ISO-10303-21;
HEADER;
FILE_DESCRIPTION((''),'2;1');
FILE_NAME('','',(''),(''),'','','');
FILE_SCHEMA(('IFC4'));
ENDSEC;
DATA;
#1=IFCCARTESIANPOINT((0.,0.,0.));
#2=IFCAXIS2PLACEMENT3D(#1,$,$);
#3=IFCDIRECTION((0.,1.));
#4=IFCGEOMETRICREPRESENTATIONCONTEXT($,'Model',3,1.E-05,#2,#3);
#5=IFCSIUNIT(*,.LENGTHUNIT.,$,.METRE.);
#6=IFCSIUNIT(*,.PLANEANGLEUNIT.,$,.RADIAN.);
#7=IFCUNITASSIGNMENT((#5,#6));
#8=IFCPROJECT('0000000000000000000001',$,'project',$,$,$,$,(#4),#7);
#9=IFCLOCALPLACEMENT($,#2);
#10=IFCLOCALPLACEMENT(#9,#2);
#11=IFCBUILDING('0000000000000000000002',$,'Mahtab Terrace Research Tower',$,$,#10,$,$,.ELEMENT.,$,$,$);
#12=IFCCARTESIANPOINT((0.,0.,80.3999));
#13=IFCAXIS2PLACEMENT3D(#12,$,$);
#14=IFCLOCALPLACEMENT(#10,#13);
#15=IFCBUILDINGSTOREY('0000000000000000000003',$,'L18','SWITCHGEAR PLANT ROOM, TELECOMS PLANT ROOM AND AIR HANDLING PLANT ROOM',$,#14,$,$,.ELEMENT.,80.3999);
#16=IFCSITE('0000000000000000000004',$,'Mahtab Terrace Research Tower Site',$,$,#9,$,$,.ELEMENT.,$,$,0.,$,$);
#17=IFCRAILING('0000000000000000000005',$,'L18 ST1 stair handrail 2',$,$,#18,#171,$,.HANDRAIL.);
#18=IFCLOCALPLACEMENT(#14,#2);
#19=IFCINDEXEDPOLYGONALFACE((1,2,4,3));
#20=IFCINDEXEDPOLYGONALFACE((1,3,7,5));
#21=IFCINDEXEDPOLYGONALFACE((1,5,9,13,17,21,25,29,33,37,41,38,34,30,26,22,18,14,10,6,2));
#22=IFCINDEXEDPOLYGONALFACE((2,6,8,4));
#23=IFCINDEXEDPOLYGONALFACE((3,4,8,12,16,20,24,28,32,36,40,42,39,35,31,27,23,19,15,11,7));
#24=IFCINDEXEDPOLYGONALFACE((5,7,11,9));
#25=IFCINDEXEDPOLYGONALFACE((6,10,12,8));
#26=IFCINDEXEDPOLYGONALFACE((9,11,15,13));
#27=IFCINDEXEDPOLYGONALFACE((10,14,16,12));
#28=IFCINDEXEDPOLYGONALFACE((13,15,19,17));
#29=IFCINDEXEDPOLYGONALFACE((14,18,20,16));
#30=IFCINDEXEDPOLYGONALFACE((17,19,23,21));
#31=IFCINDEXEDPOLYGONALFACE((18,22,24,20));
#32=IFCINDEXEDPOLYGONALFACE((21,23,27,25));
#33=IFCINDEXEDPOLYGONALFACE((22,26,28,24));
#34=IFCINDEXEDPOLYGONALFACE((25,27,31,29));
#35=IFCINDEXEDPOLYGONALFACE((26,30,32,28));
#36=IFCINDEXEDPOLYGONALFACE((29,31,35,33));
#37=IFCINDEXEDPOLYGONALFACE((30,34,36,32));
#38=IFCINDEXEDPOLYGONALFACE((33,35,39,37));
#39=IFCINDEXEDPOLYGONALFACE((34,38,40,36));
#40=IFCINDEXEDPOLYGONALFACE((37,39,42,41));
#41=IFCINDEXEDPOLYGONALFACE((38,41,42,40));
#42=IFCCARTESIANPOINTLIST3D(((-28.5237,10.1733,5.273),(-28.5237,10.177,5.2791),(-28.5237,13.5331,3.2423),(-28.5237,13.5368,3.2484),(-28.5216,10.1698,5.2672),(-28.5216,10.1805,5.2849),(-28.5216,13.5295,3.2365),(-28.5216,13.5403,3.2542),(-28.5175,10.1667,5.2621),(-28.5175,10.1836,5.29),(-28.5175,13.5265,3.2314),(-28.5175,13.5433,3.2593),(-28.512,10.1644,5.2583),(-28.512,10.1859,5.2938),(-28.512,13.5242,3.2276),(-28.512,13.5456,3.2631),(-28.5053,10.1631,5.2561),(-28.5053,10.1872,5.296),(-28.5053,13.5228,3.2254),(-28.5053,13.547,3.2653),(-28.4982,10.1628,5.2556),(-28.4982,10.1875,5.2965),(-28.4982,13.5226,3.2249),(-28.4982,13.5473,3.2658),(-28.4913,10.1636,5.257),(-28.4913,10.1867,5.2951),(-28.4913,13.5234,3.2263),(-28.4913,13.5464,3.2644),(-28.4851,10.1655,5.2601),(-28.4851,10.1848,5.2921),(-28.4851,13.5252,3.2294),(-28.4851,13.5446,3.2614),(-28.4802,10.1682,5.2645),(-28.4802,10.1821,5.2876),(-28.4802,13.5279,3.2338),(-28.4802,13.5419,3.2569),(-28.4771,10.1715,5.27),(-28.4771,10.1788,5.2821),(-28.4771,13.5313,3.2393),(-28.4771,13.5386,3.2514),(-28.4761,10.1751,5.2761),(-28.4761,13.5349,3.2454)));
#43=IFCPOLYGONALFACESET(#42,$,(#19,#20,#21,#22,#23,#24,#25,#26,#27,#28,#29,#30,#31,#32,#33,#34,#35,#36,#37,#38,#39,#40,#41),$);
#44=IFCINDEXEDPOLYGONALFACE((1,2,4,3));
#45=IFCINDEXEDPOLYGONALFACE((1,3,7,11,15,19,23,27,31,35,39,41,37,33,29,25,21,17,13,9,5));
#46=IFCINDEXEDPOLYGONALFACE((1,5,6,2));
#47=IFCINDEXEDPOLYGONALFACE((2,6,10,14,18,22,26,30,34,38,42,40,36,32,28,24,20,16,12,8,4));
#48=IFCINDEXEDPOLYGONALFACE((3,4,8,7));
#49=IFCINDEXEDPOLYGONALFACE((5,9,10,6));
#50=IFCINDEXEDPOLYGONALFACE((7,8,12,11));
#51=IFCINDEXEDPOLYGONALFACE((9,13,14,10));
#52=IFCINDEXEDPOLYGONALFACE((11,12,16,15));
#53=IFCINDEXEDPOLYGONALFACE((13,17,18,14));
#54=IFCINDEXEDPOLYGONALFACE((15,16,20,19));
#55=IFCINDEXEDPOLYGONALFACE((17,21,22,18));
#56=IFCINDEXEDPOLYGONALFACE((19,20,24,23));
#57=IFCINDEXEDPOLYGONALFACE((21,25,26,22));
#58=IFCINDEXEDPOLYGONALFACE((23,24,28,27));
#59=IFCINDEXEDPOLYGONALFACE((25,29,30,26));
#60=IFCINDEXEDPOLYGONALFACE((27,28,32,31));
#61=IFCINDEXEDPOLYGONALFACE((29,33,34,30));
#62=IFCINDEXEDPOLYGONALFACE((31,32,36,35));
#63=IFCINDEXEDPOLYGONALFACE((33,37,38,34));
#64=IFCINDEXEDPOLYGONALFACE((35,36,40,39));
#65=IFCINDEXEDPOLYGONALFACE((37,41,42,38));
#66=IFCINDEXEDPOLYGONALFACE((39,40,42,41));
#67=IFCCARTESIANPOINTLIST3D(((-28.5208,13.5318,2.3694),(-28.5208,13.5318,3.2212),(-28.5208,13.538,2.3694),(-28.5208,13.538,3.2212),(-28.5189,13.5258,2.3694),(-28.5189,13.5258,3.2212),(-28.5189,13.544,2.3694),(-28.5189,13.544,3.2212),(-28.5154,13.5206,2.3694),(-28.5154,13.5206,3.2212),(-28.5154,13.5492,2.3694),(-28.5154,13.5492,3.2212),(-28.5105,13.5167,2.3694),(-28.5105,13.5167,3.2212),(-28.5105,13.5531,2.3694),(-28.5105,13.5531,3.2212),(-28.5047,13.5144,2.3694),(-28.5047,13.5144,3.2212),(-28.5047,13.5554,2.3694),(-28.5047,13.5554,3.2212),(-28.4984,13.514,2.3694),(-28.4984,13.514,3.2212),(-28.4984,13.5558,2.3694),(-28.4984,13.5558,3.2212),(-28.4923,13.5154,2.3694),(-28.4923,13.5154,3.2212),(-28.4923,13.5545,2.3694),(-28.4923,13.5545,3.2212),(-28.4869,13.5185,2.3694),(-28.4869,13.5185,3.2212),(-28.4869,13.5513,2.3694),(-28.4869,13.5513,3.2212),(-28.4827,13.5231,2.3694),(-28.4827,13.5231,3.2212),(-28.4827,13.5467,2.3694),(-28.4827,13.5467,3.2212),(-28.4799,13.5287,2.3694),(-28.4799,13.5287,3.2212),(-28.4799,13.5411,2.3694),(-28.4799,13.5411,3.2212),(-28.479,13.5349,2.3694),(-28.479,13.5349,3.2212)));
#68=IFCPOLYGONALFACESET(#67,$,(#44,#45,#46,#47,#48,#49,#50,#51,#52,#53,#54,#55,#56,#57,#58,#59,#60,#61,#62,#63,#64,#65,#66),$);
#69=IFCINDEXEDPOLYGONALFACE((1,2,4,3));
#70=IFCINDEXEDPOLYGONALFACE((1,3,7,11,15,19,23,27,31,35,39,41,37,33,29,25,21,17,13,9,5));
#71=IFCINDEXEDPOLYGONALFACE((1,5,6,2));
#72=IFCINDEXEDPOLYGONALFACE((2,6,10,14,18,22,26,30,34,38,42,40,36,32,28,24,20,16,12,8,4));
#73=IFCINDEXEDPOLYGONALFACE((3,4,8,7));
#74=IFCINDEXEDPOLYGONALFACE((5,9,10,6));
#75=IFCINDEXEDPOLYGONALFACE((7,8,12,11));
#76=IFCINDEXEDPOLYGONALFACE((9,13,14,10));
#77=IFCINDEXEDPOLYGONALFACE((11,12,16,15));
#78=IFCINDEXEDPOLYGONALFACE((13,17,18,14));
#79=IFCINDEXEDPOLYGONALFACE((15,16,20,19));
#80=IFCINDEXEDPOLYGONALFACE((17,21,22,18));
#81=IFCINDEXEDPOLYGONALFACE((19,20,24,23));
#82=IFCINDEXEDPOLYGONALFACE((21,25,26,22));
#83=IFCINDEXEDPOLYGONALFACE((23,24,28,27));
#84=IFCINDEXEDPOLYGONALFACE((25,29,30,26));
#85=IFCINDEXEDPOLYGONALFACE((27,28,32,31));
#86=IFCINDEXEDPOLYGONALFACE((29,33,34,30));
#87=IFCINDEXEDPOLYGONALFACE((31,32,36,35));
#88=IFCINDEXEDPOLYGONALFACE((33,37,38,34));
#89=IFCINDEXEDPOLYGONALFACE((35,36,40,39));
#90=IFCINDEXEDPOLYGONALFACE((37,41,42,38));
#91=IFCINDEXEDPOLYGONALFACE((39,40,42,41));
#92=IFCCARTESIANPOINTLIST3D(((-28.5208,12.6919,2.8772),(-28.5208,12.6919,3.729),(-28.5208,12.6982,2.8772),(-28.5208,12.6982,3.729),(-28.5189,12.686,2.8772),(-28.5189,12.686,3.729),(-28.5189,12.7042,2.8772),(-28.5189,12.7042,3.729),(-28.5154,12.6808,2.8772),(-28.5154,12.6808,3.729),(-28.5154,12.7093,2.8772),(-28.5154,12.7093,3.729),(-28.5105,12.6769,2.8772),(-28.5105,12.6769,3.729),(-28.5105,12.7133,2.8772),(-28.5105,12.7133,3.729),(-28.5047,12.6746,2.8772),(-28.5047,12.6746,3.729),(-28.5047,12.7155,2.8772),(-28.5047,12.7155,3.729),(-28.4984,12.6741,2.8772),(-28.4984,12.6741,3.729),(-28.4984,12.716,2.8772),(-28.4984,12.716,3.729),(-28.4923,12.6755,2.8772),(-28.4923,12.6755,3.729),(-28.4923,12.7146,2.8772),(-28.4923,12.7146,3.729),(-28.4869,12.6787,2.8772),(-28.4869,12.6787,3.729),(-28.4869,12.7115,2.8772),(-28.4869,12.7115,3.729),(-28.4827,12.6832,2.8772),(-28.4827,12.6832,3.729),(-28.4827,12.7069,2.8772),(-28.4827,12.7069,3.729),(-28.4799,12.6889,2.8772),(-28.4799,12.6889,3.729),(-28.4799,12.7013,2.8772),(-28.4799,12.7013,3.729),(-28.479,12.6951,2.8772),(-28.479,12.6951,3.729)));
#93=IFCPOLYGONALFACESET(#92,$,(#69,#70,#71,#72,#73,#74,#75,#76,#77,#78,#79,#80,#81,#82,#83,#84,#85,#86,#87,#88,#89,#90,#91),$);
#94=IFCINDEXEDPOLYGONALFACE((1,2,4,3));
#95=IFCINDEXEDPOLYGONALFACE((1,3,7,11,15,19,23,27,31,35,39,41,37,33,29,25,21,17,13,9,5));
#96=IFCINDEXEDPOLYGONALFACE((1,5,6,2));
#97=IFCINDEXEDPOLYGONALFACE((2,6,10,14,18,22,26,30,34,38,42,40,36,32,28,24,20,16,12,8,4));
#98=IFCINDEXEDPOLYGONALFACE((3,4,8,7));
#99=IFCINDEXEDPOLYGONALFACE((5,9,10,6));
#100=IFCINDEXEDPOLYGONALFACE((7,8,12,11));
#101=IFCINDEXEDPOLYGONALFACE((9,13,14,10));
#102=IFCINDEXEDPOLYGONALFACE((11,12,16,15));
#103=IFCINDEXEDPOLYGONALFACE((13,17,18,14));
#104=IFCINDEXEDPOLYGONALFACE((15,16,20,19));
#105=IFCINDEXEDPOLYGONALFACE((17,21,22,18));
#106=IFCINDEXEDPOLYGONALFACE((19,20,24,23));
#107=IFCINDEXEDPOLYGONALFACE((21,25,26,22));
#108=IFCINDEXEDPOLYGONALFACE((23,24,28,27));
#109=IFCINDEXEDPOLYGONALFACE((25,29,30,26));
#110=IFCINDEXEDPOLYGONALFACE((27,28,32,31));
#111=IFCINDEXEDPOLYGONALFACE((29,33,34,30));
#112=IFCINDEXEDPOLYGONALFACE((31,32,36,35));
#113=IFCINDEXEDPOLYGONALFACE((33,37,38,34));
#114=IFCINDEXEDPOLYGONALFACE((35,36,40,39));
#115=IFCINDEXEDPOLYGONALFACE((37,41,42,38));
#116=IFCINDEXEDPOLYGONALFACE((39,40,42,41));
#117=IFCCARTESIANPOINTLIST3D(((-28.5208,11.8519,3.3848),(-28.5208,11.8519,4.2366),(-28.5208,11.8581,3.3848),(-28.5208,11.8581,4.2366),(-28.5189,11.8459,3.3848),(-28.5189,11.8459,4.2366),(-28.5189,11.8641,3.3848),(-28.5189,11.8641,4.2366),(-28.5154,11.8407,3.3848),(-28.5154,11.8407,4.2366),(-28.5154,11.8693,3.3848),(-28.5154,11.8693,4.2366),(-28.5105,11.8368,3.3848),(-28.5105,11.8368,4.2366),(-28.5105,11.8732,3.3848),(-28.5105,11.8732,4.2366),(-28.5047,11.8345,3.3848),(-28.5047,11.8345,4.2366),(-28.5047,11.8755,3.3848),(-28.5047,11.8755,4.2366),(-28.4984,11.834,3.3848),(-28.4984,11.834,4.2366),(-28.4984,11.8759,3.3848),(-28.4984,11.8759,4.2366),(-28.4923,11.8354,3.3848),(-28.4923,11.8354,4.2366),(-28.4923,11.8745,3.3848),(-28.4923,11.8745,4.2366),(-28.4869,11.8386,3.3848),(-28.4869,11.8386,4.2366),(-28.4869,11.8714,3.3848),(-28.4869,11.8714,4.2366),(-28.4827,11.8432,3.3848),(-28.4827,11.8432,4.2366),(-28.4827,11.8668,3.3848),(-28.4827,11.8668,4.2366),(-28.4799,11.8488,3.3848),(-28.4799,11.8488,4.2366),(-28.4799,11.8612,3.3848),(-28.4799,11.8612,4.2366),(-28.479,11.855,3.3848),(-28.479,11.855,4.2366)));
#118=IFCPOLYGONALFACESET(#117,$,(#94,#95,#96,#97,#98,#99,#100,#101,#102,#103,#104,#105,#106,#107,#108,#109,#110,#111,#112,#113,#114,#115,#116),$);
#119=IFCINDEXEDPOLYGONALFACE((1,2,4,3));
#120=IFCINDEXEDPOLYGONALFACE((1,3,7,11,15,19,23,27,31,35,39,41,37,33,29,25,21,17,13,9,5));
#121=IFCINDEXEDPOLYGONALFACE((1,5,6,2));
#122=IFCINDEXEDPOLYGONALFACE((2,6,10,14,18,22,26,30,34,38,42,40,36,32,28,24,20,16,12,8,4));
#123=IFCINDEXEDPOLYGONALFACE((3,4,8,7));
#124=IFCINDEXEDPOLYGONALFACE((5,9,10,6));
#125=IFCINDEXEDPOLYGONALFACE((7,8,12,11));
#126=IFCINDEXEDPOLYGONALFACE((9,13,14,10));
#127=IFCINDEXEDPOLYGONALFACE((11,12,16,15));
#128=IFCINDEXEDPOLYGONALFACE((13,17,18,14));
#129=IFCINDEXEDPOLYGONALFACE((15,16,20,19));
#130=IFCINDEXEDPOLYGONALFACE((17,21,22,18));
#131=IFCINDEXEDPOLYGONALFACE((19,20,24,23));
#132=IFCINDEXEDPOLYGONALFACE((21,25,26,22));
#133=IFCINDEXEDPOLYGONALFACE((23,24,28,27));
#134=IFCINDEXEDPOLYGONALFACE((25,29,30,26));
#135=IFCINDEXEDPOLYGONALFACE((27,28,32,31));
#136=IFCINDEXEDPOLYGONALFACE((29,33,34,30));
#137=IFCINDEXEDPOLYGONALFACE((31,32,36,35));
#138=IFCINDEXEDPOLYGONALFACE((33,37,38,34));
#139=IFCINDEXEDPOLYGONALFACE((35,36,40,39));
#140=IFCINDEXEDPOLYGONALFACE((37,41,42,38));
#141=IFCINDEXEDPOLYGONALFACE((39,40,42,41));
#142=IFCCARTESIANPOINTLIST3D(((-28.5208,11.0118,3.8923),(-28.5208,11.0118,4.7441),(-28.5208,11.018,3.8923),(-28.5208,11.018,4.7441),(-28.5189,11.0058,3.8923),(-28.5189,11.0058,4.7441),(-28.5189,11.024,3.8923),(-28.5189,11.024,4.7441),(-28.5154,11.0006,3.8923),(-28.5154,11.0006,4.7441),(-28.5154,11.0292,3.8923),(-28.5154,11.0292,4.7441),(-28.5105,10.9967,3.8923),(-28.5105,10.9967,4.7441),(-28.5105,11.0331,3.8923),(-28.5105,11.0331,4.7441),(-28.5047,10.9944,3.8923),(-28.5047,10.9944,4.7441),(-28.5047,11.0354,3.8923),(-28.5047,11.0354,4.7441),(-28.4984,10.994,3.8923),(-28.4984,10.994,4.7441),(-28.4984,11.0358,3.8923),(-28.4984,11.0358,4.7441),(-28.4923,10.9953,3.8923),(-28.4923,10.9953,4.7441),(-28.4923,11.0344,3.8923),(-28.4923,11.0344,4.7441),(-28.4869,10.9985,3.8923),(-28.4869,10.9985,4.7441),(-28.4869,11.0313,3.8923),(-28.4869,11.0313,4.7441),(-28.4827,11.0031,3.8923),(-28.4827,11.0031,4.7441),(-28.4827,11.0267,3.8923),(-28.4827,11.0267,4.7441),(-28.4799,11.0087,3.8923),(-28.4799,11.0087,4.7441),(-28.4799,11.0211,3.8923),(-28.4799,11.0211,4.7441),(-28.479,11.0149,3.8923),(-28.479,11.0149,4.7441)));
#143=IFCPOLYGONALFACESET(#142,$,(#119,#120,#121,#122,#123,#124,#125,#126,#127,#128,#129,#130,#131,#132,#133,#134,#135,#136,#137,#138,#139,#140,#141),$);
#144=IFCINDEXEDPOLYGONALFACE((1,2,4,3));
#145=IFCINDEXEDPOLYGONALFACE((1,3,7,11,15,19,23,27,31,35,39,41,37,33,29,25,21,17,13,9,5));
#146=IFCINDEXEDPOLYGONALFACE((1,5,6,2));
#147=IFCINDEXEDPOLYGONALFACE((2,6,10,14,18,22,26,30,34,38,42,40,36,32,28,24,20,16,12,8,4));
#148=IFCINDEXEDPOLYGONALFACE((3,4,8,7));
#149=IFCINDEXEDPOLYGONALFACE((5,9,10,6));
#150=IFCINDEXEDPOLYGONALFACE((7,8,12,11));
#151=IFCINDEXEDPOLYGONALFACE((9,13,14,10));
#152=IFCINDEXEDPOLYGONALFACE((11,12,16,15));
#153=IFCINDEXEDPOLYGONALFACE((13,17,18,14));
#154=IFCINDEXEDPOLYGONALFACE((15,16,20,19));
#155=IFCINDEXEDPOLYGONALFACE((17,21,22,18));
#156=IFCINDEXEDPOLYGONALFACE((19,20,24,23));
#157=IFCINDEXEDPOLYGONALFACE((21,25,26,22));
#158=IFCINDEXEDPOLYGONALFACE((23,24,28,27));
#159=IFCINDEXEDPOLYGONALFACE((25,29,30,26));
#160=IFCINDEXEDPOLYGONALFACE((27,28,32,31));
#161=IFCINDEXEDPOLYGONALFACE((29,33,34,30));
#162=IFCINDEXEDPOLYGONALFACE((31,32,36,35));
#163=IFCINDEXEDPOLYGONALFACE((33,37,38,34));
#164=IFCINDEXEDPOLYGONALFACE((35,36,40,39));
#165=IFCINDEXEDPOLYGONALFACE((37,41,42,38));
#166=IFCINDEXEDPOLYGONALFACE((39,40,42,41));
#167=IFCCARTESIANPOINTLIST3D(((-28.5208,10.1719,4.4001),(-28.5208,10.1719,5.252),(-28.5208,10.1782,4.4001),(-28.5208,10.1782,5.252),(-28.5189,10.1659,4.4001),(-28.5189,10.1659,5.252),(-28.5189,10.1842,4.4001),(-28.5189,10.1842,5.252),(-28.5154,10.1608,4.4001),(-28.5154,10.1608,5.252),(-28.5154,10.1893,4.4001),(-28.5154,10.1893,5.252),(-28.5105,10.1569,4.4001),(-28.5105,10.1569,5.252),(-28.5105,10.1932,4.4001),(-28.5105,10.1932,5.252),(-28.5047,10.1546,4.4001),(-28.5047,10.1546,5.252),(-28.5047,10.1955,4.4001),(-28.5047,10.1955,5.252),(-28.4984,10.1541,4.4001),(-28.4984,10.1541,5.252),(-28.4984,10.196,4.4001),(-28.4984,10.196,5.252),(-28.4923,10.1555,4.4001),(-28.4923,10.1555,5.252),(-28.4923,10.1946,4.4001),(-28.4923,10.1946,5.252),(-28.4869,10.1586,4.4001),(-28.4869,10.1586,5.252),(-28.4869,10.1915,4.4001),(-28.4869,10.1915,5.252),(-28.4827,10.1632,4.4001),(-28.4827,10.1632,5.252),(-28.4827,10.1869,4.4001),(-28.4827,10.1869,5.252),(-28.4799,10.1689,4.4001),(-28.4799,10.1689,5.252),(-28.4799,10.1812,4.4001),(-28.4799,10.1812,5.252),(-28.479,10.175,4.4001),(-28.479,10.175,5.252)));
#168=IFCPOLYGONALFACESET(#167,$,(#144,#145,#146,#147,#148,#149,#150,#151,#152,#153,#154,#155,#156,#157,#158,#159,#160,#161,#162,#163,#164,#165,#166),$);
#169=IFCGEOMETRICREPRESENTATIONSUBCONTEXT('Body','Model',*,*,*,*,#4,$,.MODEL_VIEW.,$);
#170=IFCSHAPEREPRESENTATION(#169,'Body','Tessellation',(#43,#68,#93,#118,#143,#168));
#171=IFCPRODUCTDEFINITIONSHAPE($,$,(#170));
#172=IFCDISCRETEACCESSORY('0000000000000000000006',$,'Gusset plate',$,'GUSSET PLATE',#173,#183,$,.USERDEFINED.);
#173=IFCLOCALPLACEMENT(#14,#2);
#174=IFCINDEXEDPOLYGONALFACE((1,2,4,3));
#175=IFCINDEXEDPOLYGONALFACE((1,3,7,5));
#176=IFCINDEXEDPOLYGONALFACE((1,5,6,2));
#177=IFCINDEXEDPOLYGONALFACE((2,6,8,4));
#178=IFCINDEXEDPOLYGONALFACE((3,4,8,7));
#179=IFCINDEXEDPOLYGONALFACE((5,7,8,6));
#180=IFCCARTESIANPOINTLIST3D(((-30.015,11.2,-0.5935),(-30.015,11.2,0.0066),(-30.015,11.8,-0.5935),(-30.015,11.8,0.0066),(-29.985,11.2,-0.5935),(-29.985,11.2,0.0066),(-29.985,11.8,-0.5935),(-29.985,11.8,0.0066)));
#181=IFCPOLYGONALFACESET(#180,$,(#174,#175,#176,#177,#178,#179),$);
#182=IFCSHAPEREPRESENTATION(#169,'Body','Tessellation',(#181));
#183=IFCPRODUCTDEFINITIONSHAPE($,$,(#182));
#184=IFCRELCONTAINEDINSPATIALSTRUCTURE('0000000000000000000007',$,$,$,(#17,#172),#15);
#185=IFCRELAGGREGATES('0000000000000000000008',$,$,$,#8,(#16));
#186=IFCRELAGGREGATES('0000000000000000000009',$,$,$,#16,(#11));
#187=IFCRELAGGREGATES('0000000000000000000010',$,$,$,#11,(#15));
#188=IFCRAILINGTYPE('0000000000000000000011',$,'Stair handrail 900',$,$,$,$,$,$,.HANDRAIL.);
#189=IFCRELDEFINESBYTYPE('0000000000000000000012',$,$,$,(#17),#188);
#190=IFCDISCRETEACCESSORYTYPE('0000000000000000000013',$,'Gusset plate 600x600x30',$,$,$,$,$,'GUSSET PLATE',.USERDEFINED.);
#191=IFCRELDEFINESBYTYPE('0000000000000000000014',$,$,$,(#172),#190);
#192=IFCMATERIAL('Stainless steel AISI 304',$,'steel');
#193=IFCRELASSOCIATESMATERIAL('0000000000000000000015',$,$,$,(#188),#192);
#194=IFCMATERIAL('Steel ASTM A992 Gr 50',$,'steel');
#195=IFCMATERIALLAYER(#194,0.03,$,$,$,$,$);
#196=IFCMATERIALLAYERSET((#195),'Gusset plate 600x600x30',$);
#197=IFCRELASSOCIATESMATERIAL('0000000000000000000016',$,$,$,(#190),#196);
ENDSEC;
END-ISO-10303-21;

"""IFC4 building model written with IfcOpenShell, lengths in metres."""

from ifc_helpers import new_model, si_unit, direction, frame, origin, origin_2d, place, context, subcontext, project, spatial, rectangle, circle, extrude, material, layer, layer_set, type_object, element, save


model = new_model("IFC4")

# Units and contexts
model_context = context("Model", 3, precision=1e-05, world=origin(), true_north=direction((0.0, 1.0)))
body_context = subcontext(model_context, "Body", "Model", "MODEL_VIEW")
ifc_project = project(units=[si_unit("LENGTHUNIT", "METRE"), si_unit("PLANEANGLEUNIT", "RADIAN")], contexts=[model_context])

# Site, building, storey
site_placement = place(None, origin())
site = spatial("IfcSite", under=ifc_project, at=site_placement, Name="Mahtab Terrace Research Tower Site", CompositionType="ELEMENT", RefElevation=0.0)
building_placement = place(site_placement, origin())
building = spatial("IfcBuilding", under=site, at=building_placement, Name="Mahtab Terrace Research Tower", CompositionType="ELEMENT")
storey_placement = place(building_placement, frame((0.0, 0.0, 80.3999)))
storey = spatial("IfcBuildingStorey", under=building, at=storey_placement, Name="L18", Description="SWITCHGEAR PLANT ROOM, TELECOMS PLANT ROOM AND AIR HANDLING PLANT ROOM", CompositionType="ELEMENT", Elevation=80.3999)

# Shared definitions
ifc_material_1 = material(Name="Steel ASTM A992 Gr 50", Category="steel")

# Railing
ifc_material_2 = material(Name="Stainless steel AISI 304", Category="steel")
railing_type_1 = type_object("IfcRailingType", Name="Stair handrail 900", PredefinedType="HANDRAIL", material=ifc_material_2)
railing_1_placement = place(storey_placement, frame((-28.5, 13.5349, 2.3694)))
element("IfcRailing", 1, at=railing_1_placement, inside=storey, type_object=railing_type_1, Name="L18 ST1 stair handrail 2", PredefinedType="HANDRAIL", context=body_context, shape_type="SweptSolid", body=[
    extrude(circle(Radius=0.0239, at=origin_2d()), frame((0.0, 0.0, 0.876), z_axis=(0.0, -0.85582, 0.517273), x_axis=(1.0, 0.0, 0.0)), (0.0, 0.0, 1.0), 3.9258),
    extrude(circle(Radius=0.021, at=origin_2d()), origin(), (0.0, 0.0, 1.0), 0.8518),
    extrude(circle(Radius=0.021, at=origin_2d()), frame((0.0, -0.8398, 0.5078)), (0.0, 0.0, 1.0), 0.8518),
    extrude(circle(Radius=0.021, at=origin_2d()), frame((0.0, -1.6799, 1.0154)), (0.0, 0.0, 1.0), 0.8518),
    extrude(circle(Radius=0.021, at=origin_2d()), frame((0.0, -2.52, 1.5229)), (0.0, 0.0, 1.0), 0.8518),
    extrude(circle(Radius=0.021, at=origin_2d()), frame((0.0, -3.3599, 2.0308)), (0.0, 0.0, 1.0), 0.8518),
])

# Discrete accessory
ifc_layer_1 = layer(ifc_material_1, 0.03)
ifc_layer_set_1 = layer_set([ifc_layer_1], Name="Gusset plate 600x600x30")
discrete_accessory_type = type_object("IfcDiscreteAccessoryType", Name="Gusset plate 600x600x30", ElementType="GUSSET PLATE", PredefinedType="USERDEFINED", material=ifc_layer_set_1)
discrete_accessory_placement = place(storey_placement, frame((-30.0, 11.5, -0.5935), z_axis=(0.0, 0.0, 1.0), x_axis=(0.0, 1.0, 0.0)))
element("IfcDiscreteAccessory", 2, at=discrete_accessory_placement, inside=storey, type_object=discrete_accessory_type, Name="Gusset plate", ObjectType="GUSSET PLATE", PredefinedType="USERDEFINED", context=body_context, shape_type="SweptSolid", body=[
    extrude(rectangle(XDim=0.6001, YDim=0.03, at=origin_2d()), origin(), (0.0, 0.0, 1.0), 0.6001),
])

save(model, "model.ifc")
